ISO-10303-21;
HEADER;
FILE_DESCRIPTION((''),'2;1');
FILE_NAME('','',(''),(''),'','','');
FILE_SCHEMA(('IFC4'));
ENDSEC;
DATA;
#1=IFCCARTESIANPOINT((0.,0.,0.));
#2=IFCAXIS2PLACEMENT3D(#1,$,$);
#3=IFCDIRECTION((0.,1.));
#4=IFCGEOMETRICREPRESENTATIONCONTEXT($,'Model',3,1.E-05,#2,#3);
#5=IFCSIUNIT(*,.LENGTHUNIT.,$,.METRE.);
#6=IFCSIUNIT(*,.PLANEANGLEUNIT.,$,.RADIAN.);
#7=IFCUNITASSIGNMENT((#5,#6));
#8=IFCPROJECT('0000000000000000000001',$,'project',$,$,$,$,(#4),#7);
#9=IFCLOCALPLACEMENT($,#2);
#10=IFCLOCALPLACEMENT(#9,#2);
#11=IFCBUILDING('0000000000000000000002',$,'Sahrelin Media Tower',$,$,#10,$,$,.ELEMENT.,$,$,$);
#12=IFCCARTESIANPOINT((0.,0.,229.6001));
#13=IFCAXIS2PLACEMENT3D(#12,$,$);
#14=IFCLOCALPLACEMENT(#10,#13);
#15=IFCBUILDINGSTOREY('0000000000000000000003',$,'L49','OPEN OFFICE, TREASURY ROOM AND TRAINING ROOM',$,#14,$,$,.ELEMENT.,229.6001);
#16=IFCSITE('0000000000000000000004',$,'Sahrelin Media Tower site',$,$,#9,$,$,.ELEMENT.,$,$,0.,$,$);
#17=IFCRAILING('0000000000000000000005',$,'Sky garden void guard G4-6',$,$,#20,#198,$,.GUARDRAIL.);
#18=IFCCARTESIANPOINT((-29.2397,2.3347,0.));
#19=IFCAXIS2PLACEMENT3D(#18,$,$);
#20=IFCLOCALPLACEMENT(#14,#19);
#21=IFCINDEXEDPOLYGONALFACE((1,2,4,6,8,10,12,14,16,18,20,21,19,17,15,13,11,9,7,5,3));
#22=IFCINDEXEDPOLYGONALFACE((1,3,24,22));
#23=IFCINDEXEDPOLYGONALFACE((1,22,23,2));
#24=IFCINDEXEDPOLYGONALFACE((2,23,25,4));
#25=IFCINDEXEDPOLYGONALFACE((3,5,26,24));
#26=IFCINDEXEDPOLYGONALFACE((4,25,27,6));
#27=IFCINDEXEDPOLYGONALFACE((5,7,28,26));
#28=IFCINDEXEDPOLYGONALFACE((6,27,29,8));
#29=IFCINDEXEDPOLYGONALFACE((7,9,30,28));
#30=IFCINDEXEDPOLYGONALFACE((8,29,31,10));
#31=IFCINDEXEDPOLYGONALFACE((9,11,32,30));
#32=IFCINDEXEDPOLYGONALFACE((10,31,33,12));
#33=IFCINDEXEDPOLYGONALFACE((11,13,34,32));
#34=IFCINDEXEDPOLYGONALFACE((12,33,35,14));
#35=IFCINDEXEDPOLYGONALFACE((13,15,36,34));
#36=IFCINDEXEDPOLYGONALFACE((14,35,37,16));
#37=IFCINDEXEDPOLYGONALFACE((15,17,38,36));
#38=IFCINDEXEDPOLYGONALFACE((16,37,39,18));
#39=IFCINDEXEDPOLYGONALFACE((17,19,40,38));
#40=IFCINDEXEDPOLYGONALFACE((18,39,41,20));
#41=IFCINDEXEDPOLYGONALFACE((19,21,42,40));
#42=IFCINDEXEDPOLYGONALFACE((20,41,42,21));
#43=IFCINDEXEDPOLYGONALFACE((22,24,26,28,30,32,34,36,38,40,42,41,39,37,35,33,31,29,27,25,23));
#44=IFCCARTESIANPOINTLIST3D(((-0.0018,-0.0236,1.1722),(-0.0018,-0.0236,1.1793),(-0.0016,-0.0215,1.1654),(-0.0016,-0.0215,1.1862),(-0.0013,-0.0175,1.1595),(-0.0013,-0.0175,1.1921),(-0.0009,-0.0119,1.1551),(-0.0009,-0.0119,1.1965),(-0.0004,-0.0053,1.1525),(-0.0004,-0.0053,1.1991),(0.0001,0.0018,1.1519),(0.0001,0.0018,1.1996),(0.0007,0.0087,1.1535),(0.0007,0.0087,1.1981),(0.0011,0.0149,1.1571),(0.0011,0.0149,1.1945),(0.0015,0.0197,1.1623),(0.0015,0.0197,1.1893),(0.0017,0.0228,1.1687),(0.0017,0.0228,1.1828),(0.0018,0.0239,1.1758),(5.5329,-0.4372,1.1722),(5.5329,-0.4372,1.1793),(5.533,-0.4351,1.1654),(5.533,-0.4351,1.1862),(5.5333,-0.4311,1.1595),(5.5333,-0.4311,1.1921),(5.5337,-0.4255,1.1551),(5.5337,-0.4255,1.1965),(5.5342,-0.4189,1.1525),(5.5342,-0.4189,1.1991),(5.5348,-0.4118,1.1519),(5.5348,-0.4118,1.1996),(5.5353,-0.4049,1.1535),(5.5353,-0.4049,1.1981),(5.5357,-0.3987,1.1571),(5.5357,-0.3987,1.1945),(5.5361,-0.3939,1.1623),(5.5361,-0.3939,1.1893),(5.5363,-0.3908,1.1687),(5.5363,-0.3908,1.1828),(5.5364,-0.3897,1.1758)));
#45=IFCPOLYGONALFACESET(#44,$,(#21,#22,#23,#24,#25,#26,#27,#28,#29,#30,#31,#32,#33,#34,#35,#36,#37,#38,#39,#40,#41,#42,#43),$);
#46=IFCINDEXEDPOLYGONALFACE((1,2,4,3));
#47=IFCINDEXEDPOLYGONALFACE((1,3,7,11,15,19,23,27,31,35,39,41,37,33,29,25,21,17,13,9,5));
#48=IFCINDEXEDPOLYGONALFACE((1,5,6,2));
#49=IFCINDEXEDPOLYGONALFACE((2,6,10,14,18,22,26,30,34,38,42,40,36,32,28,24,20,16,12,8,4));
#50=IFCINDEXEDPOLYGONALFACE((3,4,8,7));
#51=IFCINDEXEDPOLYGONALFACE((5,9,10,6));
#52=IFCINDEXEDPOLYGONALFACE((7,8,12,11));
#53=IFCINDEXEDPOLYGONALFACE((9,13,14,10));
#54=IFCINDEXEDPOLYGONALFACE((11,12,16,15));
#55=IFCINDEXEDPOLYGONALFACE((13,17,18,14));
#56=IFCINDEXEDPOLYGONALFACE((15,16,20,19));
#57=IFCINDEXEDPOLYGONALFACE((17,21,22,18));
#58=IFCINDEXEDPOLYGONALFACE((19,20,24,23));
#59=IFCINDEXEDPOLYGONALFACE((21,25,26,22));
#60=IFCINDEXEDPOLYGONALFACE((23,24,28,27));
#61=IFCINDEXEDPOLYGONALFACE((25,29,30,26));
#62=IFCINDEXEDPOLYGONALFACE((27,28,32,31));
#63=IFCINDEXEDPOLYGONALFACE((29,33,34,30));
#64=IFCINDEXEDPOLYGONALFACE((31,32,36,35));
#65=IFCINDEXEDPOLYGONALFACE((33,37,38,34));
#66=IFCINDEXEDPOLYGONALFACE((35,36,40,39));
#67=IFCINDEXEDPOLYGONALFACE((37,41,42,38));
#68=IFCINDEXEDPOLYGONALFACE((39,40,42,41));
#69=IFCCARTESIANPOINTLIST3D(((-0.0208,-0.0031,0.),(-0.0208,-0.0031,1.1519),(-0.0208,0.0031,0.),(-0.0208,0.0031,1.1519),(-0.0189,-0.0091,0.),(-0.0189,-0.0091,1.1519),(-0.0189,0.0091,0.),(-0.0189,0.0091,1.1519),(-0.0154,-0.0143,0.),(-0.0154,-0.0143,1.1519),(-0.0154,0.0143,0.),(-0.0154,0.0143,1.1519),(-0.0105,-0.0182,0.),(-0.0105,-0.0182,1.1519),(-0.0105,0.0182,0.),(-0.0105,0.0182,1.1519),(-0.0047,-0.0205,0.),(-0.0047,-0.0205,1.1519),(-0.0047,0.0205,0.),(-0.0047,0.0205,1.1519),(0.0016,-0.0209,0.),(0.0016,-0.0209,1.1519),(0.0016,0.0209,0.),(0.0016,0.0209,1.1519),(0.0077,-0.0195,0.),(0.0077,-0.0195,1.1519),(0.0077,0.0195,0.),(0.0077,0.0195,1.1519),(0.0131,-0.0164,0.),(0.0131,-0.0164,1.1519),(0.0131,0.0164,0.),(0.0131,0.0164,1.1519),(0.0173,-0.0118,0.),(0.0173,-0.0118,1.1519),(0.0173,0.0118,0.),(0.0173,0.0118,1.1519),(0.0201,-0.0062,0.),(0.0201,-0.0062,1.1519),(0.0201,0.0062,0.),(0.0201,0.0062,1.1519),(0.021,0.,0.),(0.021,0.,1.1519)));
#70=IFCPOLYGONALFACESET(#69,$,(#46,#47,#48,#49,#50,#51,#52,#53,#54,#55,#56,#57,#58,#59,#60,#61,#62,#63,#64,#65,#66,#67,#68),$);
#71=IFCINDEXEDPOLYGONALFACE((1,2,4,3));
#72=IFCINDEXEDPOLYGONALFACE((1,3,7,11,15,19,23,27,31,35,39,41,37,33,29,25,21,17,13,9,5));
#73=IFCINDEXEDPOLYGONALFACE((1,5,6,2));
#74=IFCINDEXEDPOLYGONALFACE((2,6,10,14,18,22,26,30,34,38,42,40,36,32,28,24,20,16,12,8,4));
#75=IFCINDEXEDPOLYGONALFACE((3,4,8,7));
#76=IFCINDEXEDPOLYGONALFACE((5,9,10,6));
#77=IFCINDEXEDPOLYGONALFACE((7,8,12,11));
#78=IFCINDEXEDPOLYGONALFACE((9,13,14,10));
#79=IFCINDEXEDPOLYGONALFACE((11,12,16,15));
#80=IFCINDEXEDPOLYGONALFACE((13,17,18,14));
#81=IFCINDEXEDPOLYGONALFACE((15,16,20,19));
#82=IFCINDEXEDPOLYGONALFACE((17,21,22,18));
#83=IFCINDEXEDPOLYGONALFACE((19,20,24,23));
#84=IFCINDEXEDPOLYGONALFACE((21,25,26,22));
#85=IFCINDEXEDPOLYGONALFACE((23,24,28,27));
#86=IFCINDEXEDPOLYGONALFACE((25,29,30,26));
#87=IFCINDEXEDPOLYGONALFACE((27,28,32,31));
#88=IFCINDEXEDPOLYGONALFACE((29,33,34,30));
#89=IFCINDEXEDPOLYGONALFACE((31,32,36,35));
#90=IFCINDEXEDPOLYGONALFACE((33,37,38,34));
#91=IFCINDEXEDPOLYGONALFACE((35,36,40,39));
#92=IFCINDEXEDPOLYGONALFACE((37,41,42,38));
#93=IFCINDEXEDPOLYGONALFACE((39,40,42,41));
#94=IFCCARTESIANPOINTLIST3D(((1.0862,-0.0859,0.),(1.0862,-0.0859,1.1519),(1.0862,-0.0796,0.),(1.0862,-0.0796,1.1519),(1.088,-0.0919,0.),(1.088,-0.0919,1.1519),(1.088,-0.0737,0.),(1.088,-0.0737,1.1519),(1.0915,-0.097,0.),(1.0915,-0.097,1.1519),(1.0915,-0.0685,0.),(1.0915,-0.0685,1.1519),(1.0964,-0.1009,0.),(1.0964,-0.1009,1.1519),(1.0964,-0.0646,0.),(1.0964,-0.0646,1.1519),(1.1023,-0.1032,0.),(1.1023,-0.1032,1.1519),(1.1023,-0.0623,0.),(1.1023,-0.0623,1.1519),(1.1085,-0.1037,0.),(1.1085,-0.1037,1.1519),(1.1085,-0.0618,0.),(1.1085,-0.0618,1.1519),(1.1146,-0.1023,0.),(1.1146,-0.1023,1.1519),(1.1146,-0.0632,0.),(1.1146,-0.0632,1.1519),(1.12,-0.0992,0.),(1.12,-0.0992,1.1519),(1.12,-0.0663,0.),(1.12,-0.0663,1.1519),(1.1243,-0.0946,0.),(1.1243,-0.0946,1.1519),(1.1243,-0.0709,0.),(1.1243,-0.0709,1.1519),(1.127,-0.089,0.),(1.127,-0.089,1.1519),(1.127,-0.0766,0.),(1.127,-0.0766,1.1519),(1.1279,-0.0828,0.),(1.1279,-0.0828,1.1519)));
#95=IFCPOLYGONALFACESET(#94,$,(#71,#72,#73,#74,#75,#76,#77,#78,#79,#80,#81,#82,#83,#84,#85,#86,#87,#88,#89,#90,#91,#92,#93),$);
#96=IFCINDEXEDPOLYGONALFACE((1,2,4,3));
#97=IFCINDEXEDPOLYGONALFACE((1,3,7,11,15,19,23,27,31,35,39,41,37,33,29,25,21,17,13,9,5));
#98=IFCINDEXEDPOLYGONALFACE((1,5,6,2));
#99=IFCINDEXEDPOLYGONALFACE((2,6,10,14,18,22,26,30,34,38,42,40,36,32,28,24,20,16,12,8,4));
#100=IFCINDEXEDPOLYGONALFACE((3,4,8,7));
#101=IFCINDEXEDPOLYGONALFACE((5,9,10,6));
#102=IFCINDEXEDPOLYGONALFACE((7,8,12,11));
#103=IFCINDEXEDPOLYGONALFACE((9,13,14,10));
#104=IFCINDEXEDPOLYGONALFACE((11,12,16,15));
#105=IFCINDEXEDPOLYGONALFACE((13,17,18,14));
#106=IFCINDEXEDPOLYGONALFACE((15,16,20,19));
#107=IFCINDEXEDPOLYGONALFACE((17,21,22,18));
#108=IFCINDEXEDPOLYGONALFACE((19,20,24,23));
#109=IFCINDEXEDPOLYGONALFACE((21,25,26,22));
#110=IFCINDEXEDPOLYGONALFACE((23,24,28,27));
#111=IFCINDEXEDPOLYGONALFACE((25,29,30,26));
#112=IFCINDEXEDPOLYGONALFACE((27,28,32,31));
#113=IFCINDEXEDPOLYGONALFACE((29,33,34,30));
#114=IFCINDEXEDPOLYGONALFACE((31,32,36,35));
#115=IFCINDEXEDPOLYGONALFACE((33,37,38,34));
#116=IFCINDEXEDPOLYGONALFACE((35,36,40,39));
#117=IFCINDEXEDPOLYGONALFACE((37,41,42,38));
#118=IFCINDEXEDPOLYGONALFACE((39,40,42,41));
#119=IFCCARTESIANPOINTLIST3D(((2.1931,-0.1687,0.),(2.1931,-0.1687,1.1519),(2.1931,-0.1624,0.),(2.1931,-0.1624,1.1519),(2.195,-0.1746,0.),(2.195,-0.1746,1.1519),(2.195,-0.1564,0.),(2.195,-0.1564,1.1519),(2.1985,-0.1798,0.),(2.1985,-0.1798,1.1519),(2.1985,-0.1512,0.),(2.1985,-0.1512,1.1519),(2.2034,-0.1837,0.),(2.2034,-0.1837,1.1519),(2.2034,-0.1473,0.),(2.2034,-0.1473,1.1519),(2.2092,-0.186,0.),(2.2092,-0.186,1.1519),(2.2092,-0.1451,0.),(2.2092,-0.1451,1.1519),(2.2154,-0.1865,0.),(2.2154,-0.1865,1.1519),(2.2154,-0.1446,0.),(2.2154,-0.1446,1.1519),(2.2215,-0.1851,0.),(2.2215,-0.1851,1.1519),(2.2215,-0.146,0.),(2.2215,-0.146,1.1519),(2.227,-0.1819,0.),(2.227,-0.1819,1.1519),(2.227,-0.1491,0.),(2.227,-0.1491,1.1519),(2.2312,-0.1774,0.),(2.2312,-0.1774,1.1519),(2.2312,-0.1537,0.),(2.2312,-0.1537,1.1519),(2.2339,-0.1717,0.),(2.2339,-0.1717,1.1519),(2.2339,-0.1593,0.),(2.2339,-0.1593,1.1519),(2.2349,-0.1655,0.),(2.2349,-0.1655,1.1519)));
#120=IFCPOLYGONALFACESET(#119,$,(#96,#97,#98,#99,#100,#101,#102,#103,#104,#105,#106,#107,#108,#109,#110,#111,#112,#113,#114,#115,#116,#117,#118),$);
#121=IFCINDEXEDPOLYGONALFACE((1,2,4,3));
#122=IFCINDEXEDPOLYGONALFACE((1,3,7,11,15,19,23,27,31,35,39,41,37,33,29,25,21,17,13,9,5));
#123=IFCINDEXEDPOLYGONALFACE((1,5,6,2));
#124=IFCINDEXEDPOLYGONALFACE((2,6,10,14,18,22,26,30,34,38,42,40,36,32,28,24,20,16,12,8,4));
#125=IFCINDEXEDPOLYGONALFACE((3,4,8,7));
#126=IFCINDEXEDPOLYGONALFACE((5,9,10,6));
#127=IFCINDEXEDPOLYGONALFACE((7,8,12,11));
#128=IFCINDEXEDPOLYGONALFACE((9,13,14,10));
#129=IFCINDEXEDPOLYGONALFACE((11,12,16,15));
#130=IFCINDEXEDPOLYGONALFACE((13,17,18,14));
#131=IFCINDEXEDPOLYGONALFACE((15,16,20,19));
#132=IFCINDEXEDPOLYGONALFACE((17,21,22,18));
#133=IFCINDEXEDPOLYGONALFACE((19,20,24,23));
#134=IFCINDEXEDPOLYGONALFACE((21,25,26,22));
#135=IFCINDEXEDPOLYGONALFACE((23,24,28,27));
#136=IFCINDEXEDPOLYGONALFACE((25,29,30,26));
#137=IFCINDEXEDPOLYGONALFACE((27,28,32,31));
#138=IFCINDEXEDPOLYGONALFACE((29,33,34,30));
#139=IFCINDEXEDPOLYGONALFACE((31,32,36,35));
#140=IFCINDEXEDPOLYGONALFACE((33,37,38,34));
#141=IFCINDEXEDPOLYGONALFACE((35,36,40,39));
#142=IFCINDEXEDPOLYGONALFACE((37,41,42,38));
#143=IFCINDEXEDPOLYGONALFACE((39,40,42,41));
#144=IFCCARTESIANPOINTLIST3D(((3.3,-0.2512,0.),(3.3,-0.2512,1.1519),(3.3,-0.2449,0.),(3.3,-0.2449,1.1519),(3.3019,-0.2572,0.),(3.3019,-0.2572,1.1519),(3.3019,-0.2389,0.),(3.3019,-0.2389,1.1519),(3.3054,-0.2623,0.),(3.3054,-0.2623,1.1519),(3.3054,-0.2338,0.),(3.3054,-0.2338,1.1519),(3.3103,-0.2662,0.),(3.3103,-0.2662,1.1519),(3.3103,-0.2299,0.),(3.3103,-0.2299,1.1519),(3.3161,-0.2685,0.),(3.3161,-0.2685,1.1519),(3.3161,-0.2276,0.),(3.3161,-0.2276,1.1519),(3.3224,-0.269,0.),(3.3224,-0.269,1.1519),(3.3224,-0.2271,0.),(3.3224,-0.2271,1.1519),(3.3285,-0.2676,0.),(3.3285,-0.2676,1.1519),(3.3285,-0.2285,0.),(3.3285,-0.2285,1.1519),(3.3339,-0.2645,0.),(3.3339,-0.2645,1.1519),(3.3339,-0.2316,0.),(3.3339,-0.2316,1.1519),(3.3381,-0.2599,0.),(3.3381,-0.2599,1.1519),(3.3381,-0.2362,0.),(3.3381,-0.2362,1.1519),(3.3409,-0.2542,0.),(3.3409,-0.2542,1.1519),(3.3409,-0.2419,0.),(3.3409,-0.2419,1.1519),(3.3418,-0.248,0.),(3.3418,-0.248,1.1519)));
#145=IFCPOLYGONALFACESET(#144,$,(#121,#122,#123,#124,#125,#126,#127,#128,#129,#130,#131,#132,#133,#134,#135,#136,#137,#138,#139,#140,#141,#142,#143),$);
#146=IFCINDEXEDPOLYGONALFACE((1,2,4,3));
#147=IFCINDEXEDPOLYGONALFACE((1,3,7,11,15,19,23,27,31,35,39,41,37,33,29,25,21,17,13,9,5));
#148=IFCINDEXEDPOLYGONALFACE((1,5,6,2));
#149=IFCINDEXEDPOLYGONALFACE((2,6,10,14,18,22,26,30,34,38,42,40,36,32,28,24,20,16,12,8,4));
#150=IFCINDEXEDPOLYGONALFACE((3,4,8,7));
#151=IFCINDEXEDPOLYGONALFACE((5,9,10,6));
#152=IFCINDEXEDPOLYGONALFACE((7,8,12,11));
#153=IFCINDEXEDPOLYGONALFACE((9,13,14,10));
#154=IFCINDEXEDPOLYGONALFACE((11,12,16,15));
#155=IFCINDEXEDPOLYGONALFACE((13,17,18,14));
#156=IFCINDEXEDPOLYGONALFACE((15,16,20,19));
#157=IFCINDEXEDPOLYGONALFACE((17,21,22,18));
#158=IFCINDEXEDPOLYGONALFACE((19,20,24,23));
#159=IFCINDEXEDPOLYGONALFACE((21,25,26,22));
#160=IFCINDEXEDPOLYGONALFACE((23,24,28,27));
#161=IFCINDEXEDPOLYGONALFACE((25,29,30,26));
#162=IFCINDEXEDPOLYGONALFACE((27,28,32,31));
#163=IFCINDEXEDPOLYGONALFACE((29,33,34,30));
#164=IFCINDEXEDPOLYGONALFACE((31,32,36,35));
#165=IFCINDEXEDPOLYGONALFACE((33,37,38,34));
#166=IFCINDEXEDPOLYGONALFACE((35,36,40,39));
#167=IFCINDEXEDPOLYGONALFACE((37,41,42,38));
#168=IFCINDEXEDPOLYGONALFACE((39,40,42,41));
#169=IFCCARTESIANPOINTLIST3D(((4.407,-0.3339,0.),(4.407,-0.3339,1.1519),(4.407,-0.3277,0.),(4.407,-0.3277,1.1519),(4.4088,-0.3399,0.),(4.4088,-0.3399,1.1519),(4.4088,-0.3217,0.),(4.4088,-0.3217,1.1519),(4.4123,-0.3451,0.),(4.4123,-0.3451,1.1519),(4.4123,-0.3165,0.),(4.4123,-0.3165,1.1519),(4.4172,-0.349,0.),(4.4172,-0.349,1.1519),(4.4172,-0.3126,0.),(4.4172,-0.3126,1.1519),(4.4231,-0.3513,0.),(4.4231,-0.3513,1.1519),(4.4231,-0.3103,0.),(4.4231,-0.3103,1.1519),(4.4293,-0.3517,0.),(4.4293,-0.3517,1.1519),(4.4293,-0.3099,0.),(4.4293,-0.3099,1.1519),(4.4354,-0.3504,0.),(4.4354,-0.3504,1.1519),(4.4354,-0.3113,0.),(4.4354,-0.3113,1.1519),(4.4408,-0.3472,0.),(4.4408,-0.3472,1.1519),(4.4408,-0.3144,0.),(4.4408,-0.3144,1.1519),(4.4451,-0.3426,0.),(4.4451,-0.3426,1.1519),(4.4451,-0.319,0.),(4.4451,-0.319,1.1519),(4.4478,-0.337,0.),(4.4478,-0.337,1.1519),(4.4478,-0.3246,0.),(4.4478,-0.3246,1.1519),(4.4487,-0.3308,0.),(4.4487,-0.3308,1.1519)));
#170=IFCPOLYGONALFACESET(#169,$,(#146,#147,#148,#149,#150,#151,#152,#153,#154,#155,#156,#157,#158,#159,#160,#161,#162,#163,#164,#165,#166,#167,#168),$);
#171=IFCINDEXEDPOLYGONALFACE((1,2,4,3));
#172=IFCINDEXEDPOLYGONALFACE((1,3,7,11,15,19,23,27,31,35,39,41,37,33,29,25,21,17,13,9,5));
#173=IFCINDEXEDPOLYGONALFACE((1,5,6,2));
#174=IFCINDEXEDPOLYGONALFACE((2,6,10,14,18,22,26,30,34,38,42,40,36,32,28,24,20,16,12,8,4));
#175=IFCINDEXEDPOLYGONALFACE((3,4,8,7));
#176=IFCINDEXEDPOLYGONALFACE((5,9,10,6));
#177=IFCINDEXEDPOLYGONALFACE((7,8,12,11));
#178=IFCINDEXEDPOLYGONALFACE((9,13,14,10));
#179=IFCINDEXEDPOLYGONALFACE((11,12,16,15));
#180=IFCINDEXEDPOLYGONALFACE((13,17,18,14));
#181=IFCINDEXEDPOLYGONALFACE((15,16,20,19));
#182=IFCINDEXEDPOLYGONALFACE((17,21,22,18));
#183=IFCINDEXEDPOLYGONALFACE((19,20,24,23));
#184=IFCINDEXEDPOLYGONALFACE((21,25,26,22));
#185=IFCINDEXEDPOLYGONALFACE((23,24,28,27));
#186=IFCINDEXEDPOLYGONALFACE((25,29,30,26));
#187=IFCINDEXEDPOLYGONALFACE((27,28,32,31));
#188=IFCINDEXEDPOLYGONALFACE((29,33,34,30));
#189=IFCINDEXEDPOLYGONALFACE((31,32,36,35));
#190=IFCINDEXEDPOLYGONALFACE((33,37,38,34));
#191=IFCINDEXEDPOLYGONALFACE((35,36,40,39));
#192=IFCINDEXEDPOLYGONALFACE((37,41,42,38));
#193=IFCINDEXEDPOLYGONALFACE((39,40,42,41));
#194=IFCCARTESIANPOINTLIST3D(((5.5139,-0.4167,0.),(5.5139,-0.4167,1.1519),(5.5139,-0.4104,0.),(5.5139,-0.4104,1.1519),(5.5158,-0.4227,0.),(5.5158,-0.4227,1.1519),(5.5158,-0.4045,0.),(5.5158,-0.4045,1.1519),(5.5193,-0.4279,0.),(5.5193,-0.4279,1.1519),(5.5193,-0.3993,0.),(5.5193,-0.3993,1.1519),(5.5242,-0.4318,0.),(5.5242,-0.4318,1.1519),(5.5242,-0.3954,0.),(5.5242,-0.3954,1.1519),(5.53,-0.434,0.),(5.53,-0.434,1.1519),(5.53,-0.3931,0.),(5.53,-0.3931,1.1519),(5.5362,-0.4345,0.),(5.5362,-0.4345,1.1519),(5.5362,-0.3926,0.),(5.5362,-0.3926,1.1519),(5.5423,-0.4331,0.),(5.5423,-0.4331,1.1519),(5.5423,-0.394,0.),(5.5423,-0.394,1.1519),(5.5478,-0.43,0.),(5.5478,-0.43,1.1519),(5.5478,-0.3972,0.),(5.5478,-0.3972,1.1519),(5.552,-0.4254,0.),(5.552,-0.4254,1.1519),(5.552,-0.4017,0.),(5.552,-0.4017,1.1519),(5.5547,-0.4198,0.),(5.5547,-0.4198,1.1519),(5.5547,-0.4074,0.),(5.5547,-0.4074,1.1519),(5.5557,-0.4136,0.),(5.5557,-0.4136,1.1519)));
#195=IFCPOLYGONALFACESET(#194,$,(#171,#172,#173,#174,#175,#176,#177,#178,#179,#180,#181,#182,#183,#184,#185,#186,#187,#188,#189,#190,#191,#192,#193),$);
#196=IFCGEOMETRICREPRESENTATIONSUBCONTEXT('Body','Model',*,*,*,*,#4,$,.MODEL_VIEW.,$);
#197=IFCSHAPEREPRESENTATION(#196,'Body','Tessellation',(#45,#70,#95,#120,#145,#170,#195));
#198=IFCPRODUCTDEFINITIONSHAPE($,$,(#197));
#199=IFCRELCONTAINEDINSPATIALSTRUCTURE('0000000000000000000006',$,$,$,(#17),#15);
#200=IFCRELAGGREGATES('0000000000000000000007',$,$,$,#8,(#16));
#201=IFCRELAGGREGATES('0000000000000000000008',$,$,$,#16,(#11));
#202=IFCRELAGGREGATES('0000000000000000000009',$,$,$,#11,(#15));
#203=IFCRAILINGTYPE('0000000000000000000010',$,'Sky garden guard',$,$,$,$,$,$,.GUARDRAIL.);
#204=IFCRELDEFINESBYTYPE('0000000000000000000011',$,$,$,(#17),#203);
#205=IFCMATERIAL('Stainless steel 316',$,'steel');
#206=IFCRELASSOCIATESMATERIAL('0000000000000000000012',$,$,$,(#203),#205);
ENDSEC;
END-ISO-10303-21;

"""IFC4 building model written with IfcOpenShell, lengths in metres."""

from ifc_helpers import new_model, si_unit, direction, frame, origin, origin_2d, place, context, subcontext, project, spatial, circle, extrude, material, type_object, element, save


model = new_model("IFC4")

# Units and contexts
model_context = context("Model", 3, precision=1e-05, world=origin(), true_north=direction((0.0, 1.0)))
body_context = subcontext(model_context, "Body", "Model", "MODEL_VIEW")
ifc_project = project(units=[si_unit("LENGTHUNIT", "METRE"), si_unit("PLANEANGLEUNIT", "RADIAN")], contexts=[model_context])

# Site, building, storey
site_placement = place(None, origin())
site = spatial("IfcSite", under=ifc_project, at=site_placement, Name="Sahrelin Media Tower site", CompositionType="ELEMENT", RefElevation=0.0)
building_placement = place(site_placement, origin())
building = spatial("IfcBuilding", under=site, at=building_placement, Name="Sahrelin Media Tower", CompositionType="ELEMENT")
storey_placement = place(building_placement, frame((0.0, 0.0, 229.6001)))
storey = spatial("IfcBuildingStorey", under=building, at=storey_placement, Name="L49", Description="OPEN OFFICE, TREASURY ROOM AND TRAINING ROOM", CompositionType="ELEMENT", Elevation=229.6001)

# Railing
ifc_material_1 = material(Name="Stainless steel 316", Category="steel")
railing_type = type_object("IfcRailingType", Name="Sky garden guard", PredefinedType="GUARDRAIL", material=ifc_material_1)
railing_placement = place(storey_placement, frame((-29.2397, 2.3347, 0.0)))
element("IfcRailing", 1, at=railing_placement, inside=storey, type_object=railing_type, Name="Sky garden void guard G4-6", PredefinedType="GUARDRAIL", context=body_context, shape_type="SweptSolid", body=[
    extrude(circle(Radius=0.0239, at=origin_2d()), frame((0.0, 0.0, 1.1758), z_axis=(0.99722, -0.074517, 0.0), x_axis=(0.074517, 0.99722, 0.0)), (0.0, 0.0, 1.0), 5.55),
    extrude(circle(Radius=0.021, at=origin_2d()), origin(), (0.0, 0.0, 1.0), 1.1519),
    extrude(circle(Radius=0.021, at=origin_2d()), frame((1.1069, -0.0828, 0.0)), (0.0, 0.0, 1.0), 1.1519),
    extrude(circle(Radius=0.021, at=origin_2d()), frame((2.2139, -0.1655, 0.0)), (0.0, 0.0, 1.0), 1.1519),
    extrude(circle(Radius=0.021, at=origin_2d()), frame((3.3208, -0.248, 0.0)), (0.0, 0.0, 1.0), 1.1519),
    extrude(circle(Radius=0.021, at=origin_2d()), frame((4.4277, -0.3308, 0.0)), (0.0, 0.0, 1.0), 1.1519),
    extrude(circle(Radius=0.021, at=origin_2d()), frame((5.5347, -0.4136, 0.0)), (0.0, 0.0, 1.0), 1.1519),
])

save(model, "model.ifc")
